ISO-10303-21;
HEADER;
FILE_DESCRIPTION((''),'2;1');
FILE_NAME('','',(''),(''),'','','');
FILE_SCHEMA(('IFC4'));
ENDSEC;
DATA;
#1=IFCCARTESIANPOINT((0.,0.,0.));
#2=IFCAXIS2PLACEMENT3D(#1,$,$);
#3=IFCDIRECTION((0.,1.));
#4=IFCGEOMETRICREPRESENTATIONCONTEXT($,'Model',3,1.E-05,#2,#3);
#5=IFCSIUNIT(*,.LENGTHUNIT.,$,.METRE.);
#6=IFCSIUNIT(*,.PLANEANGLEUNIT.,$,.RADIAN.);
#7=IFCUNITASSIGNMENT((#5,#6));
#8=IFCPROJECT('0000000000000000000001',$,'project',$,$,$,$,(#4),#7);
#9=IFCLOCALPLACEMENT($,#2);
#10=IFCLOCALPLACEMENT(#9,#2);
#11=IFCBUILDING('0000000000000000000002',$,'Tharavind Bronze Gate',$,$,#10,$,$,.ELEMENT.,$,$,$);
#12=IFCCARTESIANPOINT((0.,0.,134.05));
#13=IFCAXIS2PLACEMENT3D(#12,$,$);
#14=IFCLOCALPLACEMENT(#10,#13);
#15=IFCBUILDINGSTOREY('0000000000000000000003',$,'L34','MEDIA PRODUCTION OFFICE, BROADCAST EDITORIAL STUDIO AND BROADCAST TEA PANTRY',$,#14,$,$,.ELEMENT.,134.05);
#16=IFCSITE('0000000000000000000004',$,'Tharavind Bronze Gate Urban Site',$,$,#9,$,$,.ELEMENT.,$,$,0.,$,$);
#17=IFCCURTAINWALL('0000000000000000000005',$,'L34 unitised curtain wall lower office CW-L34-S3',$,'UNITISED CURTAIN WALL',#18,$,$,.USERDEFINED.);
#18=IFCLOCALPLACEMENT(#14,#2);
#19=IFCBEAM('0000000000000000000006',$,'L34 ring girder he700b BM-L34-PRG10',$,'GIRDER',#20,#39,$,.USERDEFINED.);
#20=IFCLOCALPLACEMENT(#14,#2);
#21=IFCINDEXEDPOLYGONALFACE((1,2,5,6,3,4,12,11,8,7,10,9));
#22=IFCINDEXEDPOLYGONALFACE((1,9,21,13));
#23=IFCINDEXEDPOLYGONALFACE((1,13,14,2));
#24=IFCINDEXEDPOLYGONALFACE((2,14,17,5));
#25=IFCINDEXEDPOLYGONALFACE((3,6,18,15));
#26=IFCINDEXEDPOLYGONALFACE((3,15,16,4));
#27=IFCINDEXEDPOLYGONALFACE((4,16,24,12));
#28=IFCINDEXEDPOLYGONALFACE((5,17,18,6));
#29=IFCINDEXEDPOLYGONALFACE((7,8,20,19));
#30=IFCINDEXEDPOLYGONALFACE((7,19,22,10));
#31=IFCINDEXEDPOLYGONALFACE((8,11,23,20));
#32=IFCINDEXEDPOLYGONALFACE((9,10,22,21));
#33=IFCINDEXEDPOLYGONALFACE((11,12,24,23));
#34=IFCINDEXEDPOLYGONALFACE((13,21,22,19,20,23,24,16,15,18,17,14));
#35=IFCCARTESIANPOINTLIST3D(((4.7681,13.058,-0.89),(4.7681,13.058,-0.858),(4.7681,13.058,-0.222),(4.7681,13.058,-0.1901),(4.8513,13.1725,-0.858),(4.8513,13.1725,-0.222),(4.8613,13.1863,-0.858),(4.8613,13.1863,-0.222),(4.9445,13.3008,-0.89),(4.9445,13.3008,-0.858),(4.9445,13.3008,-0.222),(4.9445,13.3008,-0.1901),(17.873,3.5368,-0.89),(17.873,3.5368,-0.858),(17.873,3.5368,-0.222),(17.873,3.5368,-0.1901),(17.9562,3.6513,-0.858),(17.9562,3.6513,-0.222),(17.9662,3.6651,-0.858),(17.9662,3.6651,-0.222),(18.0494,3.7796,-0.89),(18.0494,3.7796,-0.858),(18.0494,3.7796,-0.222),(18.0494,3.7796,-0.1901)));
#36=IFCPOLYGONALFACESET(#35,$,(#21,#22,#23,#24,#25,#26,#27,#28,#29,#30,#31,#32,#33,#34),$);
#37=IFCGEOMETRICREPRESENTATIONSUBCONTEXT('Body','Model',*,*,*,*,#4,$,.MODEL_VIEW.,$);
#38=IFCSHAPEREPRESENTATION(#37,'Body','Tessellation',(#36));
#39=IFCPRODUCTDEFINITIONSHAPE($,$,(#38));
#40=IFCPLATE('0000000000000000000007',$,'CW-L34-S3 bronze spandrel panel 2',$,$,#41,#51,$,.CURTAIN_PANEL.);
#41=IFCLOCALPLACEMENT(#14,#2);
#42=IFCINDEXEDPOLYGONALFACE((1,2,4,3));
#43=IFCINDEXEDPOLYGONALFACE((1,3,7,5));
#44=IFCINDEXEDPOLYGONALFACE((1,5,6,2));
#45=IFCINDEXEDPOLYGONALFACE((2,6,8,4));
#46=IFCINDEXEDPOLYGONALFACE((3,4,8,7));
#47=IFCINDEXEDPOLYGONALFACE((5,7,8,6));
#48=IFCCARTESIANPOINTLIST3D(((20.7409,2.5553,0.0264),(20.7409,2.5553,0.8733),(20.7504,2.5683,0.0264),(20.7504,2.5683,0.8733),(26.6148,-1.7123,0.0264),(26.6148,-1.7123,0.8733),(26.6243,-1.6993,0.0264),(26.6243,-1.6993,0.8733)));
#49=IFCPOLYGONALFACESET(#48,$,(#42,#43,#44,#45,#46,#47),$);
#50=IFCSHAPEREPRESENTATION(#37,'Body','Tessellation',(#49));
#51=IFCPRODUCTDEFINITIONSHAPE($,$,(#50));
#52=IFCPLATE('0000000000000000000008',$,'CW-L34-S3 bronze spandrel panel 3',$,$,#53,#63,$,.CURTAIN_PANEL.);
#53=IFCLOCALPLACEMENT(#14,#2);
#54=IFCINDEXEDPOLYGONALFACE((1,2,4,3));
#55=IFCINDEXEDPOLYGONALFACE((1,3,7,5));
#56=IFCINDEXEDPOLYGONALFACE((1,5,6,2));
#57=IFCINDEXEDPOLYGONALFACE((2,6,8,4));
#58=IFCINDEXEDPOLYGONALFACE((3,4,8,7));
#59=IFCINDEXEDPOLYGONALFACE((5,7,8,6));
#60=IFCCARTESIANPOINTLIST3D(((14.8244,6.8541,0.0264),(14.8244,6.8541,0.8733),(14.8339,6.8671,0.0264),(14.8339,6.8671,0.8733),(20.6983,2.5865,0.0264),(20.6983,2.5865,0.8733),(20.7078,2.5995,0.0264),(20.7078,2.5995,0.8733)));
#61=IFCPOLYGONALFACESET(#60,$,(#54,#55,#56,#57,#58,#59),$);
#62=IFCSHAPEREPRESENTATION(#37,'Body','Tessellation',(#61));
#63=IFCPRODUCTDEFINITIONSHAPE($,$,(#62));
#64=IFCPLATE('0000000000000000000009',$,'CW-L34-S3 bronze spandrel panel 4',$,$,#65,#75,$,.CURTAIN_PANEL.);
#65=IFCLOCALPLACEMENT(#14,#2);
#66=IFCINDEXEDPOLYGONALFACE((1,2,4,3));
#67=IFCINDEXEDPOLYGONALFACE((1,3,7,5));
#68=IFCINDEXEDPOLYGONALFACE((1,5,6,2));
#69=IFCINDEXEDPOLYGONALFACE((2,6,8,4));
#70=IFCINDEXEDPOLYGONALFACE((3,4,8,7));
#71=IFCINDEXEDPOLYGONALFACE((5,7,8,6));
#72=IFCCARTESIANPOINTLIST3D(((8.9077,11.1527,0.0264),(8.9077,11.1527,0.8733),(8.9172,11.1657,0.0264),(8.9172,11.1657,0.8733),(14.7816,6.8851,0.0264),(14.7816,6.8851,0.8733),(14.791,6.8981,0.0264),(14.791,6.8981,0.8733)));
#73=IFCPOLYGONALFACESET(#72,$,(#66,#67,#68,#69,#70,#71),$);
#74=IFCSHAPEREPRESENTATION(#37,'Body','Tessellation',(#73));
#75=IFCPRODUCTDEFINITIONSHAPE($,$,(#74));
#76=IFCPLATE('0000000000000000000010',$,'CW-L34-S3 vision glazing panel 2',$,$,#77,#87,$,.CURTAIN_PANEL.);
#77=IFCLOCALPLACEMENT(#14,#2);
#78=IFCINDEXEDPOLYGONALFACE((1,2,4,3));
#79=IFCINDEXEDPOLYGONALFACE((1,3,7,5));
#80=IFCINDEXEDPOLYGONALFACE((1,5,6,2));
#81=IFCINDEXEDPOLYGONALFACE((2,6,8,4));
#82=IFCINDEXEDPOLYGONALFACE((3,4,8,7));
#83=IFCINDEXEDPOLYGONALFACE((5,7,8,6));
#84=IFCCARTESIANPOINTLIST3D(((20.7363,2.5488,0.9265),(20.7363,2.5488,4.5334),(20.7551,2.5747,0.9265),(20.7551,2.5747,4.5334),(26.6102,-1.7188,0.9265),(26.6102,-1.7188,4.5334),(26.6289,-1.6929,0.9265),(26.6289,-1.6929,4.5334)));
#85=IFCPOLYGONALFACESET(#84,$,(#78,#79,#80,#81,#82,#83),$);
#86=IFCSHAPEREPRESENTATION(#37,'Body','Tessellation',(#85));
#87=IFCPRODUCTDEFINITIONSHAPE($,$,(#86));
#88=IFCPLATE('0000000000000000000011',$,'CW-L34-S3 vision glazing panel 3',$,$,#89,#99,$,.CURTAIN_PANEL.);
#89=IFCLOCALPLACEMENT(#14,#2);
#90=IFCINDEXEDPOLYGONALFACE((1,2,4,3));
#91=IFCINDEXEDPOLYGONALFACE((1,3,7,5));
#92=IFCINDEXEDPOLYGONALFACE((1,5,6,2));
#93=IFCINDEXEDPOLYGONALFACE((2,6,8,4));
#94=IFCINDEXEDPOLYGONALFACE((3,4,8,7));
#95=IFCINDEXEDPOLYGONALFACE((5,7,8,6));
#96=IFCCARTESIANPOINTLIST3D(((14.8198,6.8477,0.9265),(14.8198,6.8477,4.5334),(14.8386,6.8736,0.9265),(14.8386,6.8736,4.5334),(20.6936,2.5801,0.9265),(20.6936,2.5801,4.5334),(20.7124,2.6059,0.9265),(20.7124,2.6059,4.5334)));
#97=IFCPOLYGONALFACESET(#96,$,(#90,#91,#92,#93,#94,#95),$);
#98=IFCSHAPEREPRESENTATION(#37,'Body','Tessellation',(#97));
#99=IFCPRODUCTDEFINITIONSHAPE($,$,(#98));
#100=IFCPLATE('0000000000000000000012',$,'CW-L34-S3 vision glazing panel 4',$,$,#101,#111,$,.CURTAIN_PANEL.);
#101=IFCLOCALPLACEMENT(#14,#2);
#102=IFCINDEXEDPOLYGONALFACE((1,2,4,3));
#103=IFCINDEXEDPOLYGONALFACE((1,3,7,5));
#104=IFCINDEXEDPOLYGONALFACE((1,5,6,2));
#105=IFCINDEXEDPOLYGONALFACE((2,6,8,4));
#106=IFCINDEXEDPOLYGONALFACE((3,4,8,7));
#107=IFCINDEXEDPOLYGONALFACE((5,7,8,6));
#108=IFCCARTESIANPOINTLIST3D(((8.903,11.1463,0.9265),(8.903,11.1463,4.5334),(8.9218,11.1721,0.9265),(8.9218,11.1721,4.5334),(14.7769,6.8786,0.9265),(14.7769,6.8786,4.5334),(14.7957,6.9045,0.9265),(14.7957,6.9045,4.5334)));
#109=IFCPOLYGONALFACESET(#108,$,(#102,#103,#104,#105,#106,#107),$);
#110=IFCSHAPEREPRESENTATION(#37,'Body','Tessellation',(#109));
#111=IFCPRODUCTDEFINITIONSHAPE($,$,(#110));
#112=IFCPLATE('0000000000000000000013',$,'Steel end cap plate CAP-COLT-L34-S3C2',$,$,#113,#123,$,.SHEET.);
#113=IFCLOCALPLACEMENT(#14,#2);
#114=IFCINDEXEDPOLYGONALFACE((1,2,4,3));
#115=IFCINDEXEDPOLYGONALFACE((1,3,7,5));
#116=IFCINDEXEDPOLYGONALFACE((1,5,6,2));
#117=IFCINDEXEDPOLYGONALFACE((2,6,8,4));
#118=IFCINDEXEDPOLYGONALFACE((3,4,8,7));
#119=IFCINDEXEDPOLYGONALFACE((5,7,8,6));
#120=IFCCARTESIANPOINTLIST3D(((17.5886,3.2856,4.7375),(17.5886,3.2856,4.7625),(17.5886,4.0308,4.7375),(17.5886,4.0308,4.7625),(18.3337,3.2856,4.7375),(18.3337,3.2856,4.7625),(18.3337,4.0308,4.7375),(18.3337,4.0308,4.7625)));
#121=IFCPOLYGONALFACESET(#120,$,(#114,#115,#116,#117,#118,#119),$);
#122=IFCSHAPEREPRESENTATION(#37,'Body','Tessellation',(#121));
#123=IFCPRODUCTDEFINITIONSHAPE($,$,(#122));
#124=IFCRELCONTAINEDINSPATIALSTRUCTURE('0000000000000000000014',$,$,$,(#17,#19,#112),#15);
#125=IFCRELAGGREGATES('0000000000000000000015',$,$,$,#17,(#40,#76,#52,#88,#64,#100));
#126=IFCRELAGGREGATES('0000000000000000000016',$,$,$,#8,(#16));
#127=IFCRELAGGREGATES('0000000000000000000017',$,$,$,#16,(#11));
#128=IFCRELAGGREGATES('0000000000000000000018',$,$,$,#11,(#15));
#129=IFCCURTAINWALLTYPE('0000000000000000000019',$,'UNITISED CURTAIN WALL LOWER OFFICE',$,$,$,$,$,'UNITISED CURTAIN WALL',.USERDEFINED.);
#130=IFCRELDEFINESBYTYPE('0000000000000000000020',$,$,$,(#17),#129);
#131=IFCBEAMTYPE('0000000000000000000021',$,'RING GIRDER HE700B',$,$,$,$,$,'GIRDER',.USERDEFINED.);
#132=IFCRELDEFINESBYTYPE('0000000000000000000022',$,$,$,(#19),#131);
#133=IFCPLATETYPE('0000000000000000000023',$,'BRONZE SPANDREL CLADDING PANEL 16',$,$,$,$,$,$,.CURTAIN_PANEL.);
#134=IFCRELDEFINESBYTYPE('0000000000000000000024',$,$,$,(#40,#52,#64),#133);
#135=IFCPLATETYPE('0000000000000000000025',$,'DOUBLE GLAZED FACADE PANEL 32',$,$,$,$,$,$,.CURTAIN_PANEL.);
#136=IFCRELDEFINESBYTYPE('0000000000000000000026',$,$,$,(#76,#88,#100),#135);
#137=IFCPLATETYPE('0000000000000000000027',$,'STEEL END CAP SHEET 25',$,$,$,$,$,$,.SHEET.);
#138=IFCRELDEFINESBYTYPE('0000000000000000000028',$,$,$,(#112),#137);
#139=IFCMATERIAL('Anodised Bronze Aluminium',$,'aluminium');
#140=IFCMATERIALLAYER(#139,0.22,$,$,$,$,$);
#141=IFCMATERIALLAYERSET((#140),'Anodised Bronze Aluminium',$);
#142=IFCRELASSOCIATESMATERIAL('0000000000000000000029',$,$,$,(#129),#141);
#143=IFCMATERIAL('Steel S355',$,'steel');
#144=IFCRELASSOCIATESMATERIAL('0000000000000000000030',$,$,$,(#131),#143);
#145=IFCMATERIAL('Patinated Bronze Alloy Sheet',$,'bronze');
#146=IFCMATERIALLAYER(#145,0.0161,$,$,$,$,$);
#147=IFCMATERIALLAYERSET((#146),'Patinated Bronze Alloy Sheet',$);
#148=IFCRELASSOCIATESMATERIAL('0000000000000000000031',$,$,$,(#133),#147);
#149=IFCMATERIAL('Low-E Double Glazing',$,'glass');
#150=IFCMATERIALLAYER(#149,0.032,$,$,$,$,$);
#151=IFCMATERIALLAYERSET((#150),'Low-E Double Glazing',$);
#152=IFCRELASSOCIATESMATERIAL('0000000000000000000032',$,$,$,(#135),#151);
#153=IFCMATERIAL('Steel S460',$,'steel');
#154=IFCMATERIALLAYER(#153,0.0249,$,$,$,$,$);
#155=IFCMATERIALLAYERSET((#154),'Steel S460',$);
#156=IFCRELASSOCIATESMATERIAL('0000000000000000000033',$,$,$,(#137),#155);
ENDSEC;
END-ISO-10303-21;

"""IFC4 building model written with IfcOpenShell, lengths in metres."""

from ifc_helpers import new_model, si_unit, direction, frame, origin, origin_2d, place, context, subcontext, project, spatial, rectangle, i_section, extrude, material, layer, layer_set, material_profile, profile_set, type_object, element, aggregate, save


model = new_model("IFC4")

# Units and contexts
model_context = context("Model", 3, precision=1e-05, world=origin(), true_north=direction((0.0, 1.0)))
body_context = subcontext(model_context, "Body", "Model", "MODEL_VIEW")
ifc_project = project(units=[si_unit("LENGTHUNIT", "METRE"), si_unit("PLANEANGLEUNIT", "RADIAN")], contexts=[model_context])

# Site, building, storey
site_placement = place(None, origin())
site = spatial("IfcSite", under=ifc_project, at=site_placement, Name="Tharavind Bronze Gate Urban Site", CompositionType="ELEMENT", RefElevation=0.0)
building_placement = place(site_placement, origin())
building = spatial("IfcBuilding", under=site, at=building_placement, Name="Tharavind Bronze Gate", CompositionType="ELEMENT")
storey_placement = place(building_placement, frame((0.0, 0.0, 134.05)))
storey = spatial("IfcBuildingStorey", under=building, at=storey_placement, Name="L34", Description="MEDIA PRODUCTION OFFICE, BROADCAST EDITORIAL STUDIO AND BROADCAST TEA PANTRY", CompositionType="ELEMENT", Elevation=134.05)

# Shared definitions
ifc_material_1 = material(Name="Steel S460", Category="steel")

# Curtain wall
ifc_material_2 = material(Name="Anodised Bronze Aluminium", Category="aluminium")
ifc_layer_1 = layer(ifc_material_2, 0.22)
ifc_layer_set_1 = layer_set([ifc_layer_1], Name="Anodised Bronze Aluminium")
curtain_wall_type = type_object("IfcCurtainWallType", Name="UNITISED CURTAIN WALL LOWER OFFICE", ElementType="UNITISED CURTAIN WALL", PredefinedType="USERDEFINED", material=ifc_layer_set_1)
curtain_wall_placement = place(storey_placement, origin())
curtain_wall = element("IfcCurtainWall", 1, at=curtain_wall_placement, inside=storey, type_object=curtain_wall_type, Name="L34 unitised curtain wall lower office CW-L34-S3", ObjectType="UNITISED CURTAIN WALL", PredefinedType="USERDEFINED")

# Beam
ifc_material_3 = material(Name="Steel S355", Category="steel")
ifc_material_profile_1 = material_profile(ifc_material_3, i_section(OverallWidth=0.3, OverallDepth=0.7, WebThickness=0.0171, FlangeThickness=0.032, at=origin_2d()), Name="HE700B")
ifc_profile_set_1 = profile_set([ifc_material_profile_1], Name="Steel S355")
beam_type_1 = type_object("IfcBeamType", Name="RING GIRDER HE700B", ElementType="GIRDER", PredefinedType="USERDEFINED", material=ifc_profile_set_1)
beam_1_placement = place(storey_placement, frame((17.9612, 3.6582, -0.54), z_axis=(-0.80902, 0.587782, 0.0), x_axis=(-0.587782, -0.80902, 0.0)))
element("IfcBeam", 2, at=beam_1_placement, inside=storey, type_object=beam_type_1, Name="L34 ring girder he700b BM-L34-PRG10", ObjectType="GIRDER", PredefinedType="USERDEFINED", context=body_context, shape_type="SweptSolid", body=[
    extrude(i_section(OverallWidth=0.3, OverallDepth=0.7, WebThickness=0.0171, FlangeThickness=0.032, at=origin_2d()), origin(), (0.0, 0.0, 1.0), 16.1985),
])

# Plates
ifc_material_4 = material(Name="Patinated Bronze Alloy Sheet", Category="bronze")
ifc_layer_2 = layer(ifc_material_4, 0.0161)
ifc_layer_set_2 = layer_set([ifc_layer_2], Name="Patinated Bronze Alloy Sheet")
plate_type_1 = type_object("IfcPlateType", Name="BRONZE SPANDREL CLADDING PANEL 16", PredefinedType="CURTAIN_PANEL", material=ifc_layer_set_2)
plate_1_placement = place(storey_placement, frame((23.6826, 0.428, 0.0264), z_axis=(0.0, 0.0, 1.0), x_axis=(-0.809017, 0.587785, 0.0)))
plate_1 = element("IfcPlate", 3, at=plate_1_placement, type_object=plate_type_1, Name="CW-L34-S3 bronze spandrel panel 2", PredefinedType="CURTAIN_PANEL", context=body_context, shape_type="SweptSolid", body=[
    extrude(rectangle(XDim=7.2605, YDim=0.0161, at=origin_2d()), origin(), (0.0, 0.0, 1.0), 0.8469),
])
plate_2_placement = place(storey_placement, frame((17.7661, 4.7268, 0.0264), z_axis=(0.0, 0.0, 1.0), x_axis=(-0.809017, 0.587785, 0.0)))
plate_2 = element("IfcPlate", 4, at=plate_2_placement, type_object=plate_type_1, Name="CW-L34-S3 bronze spandrel panel 3", PredefinedType="CURTAIN_PANEL", context=body_context, shape_type="SweptSolid", body=[
    extrude(rectangle(XDim=7.2605, YDim=0.0161, at=origin_2d()), origin(), (0.0, 0.0, 1.0), 0.8469),
])
plate_3_placement = place(storey_placement, frame((11.8494, 9.0254, 0.0264), z_axis=(0.0, 0.0, 1.0), x_axis=(-0.809017, 0.587785, 0.0)))
plate_3 = element("IfcPlate", 5, at=plate_3_placement, type_object=plate_type_1, Name="CW-L34-S3 bronze spandrel panel 4", PredefinedType="CURTAIN_PANEL", context=body_context, shape_type="SweptSolid", body=[
    extrude(rectangle(XDim=7.2605, YDim=0.0161, at=origin_2d()), origin(), (0.0, 0.0, 1.0), 0.8469),
])
ifc_material_5 = material(Name="Low-E Double Glazing", Category="glass")
ifc_layer_3 = layer(ifc_material_5, 0.032)
ifc_layer_set_3 = layer_set([ifc_layer_3], Name="Low-E Double Glazing")
plate_type_2 = type_object("IfcPlateType", Name="DOUBLE GLAZED FACADE PANEL 32", PredefinedType="CURTAIN_PANEL", material=ifc_layer_set_3)
plate_4_placement = place(storey_placement, frame((23.6826, 0.428, 0.9265), z_axis=(0.0, 0.0, 1.0), x_axis=(-0.809017, 0.587785, 0.0)))
plate_4 = element("IfcPlate", 6, at=plate_4_placement, type_object=plate_type_2, Name="CW-L34-S3 vision glazing panel 2", PredefinedType="CURTAIN_PANEL", context=body_context, shape_type="SweptSolid", body=[
    extrude(rectangle(XDim=7.2605, YDim=0.032, at=origin_2d()), origin(), (0.0, 0.0, 1.0), 3.6069),
])
plate_5_placement = place(storey_placement, frame((17.7661, 4.7268, 0.9265), z_axis=(0.0, 0.0, 1.0), x_axis=(-0.809017, 0.587785, 0.0)))
plate_5 = element("IfcPlate", 7, at=plate_5_placement, type_object=plate_type_2, Name="CW-L34-S3 vision glazing panel 3", PredefinedType="CURTAIN_PANEL", context=body_context, shape_type="SweptSolid", body=[
    extrude(rectangle(XDim=7.2605, YDim=0.032, at=origin_2d()), origin(), (0.0, 0.0, 1.0), 3.6069),
])
plate_6_placement = place(storey_placement, frame((11.8494, 9.0254, 0.9265), z_axis=(0.0, 0.0, 1.0), x_axis=(-0.809017, 0.587785, 0.0)))
plate_6 = element("IfcPlate", 8, at=plate_6_placement, type_object=plate_type_2, Name="CW-L34-S3 vision glazing panel 4", PredefinedType="CURTAIN_PANEL", context=body_context, shape_type="SweptSolid", body=[
    extrude(rectangle(XDim=7.2605, YDim=0.032, at=origin_2d()), origin(), (0.0, 0.0, 1.0), 3.6069),
])
aggregate(curtain_wall, [plate_1, plate_4, plate_2, plate_5, plate_3, plate_6])
ifc_layer_4 = layer(ifc_material_1, 0.0249)
ifc_layer_set_4 = layer_set([ifc_layer_4], Name="Steel S460")
plate_type_3 = type_object("IfcPlateType", Name="STEEL END CAP SHEET 25", PredefinedType="SHEET", material=ifc_layer_set_4)
plate_7_placement = place(storey_placement, frame((17.9612, 3.6582, 4.7375), z_axis=(0.0, 0.0, 1.0), x_axis=(1.0, 0.0, 0.0)))
element("IfcPlate", 9, at=plate_7_placement, inside=storey, type_object=plate_type_3, Name="Steel end cap plate CAP-COLT-L34-S3C2", PredefinedType="SHEET", context=body_context, shape_type="SweptSolid", body=[
    extrude(rectangle(XDim=0.7451, YDim=0.7451, at=origin_2d()), origin(), (0.0, 0.0, 1.0), 0.0249),
])

save(model, "model.ifc")
